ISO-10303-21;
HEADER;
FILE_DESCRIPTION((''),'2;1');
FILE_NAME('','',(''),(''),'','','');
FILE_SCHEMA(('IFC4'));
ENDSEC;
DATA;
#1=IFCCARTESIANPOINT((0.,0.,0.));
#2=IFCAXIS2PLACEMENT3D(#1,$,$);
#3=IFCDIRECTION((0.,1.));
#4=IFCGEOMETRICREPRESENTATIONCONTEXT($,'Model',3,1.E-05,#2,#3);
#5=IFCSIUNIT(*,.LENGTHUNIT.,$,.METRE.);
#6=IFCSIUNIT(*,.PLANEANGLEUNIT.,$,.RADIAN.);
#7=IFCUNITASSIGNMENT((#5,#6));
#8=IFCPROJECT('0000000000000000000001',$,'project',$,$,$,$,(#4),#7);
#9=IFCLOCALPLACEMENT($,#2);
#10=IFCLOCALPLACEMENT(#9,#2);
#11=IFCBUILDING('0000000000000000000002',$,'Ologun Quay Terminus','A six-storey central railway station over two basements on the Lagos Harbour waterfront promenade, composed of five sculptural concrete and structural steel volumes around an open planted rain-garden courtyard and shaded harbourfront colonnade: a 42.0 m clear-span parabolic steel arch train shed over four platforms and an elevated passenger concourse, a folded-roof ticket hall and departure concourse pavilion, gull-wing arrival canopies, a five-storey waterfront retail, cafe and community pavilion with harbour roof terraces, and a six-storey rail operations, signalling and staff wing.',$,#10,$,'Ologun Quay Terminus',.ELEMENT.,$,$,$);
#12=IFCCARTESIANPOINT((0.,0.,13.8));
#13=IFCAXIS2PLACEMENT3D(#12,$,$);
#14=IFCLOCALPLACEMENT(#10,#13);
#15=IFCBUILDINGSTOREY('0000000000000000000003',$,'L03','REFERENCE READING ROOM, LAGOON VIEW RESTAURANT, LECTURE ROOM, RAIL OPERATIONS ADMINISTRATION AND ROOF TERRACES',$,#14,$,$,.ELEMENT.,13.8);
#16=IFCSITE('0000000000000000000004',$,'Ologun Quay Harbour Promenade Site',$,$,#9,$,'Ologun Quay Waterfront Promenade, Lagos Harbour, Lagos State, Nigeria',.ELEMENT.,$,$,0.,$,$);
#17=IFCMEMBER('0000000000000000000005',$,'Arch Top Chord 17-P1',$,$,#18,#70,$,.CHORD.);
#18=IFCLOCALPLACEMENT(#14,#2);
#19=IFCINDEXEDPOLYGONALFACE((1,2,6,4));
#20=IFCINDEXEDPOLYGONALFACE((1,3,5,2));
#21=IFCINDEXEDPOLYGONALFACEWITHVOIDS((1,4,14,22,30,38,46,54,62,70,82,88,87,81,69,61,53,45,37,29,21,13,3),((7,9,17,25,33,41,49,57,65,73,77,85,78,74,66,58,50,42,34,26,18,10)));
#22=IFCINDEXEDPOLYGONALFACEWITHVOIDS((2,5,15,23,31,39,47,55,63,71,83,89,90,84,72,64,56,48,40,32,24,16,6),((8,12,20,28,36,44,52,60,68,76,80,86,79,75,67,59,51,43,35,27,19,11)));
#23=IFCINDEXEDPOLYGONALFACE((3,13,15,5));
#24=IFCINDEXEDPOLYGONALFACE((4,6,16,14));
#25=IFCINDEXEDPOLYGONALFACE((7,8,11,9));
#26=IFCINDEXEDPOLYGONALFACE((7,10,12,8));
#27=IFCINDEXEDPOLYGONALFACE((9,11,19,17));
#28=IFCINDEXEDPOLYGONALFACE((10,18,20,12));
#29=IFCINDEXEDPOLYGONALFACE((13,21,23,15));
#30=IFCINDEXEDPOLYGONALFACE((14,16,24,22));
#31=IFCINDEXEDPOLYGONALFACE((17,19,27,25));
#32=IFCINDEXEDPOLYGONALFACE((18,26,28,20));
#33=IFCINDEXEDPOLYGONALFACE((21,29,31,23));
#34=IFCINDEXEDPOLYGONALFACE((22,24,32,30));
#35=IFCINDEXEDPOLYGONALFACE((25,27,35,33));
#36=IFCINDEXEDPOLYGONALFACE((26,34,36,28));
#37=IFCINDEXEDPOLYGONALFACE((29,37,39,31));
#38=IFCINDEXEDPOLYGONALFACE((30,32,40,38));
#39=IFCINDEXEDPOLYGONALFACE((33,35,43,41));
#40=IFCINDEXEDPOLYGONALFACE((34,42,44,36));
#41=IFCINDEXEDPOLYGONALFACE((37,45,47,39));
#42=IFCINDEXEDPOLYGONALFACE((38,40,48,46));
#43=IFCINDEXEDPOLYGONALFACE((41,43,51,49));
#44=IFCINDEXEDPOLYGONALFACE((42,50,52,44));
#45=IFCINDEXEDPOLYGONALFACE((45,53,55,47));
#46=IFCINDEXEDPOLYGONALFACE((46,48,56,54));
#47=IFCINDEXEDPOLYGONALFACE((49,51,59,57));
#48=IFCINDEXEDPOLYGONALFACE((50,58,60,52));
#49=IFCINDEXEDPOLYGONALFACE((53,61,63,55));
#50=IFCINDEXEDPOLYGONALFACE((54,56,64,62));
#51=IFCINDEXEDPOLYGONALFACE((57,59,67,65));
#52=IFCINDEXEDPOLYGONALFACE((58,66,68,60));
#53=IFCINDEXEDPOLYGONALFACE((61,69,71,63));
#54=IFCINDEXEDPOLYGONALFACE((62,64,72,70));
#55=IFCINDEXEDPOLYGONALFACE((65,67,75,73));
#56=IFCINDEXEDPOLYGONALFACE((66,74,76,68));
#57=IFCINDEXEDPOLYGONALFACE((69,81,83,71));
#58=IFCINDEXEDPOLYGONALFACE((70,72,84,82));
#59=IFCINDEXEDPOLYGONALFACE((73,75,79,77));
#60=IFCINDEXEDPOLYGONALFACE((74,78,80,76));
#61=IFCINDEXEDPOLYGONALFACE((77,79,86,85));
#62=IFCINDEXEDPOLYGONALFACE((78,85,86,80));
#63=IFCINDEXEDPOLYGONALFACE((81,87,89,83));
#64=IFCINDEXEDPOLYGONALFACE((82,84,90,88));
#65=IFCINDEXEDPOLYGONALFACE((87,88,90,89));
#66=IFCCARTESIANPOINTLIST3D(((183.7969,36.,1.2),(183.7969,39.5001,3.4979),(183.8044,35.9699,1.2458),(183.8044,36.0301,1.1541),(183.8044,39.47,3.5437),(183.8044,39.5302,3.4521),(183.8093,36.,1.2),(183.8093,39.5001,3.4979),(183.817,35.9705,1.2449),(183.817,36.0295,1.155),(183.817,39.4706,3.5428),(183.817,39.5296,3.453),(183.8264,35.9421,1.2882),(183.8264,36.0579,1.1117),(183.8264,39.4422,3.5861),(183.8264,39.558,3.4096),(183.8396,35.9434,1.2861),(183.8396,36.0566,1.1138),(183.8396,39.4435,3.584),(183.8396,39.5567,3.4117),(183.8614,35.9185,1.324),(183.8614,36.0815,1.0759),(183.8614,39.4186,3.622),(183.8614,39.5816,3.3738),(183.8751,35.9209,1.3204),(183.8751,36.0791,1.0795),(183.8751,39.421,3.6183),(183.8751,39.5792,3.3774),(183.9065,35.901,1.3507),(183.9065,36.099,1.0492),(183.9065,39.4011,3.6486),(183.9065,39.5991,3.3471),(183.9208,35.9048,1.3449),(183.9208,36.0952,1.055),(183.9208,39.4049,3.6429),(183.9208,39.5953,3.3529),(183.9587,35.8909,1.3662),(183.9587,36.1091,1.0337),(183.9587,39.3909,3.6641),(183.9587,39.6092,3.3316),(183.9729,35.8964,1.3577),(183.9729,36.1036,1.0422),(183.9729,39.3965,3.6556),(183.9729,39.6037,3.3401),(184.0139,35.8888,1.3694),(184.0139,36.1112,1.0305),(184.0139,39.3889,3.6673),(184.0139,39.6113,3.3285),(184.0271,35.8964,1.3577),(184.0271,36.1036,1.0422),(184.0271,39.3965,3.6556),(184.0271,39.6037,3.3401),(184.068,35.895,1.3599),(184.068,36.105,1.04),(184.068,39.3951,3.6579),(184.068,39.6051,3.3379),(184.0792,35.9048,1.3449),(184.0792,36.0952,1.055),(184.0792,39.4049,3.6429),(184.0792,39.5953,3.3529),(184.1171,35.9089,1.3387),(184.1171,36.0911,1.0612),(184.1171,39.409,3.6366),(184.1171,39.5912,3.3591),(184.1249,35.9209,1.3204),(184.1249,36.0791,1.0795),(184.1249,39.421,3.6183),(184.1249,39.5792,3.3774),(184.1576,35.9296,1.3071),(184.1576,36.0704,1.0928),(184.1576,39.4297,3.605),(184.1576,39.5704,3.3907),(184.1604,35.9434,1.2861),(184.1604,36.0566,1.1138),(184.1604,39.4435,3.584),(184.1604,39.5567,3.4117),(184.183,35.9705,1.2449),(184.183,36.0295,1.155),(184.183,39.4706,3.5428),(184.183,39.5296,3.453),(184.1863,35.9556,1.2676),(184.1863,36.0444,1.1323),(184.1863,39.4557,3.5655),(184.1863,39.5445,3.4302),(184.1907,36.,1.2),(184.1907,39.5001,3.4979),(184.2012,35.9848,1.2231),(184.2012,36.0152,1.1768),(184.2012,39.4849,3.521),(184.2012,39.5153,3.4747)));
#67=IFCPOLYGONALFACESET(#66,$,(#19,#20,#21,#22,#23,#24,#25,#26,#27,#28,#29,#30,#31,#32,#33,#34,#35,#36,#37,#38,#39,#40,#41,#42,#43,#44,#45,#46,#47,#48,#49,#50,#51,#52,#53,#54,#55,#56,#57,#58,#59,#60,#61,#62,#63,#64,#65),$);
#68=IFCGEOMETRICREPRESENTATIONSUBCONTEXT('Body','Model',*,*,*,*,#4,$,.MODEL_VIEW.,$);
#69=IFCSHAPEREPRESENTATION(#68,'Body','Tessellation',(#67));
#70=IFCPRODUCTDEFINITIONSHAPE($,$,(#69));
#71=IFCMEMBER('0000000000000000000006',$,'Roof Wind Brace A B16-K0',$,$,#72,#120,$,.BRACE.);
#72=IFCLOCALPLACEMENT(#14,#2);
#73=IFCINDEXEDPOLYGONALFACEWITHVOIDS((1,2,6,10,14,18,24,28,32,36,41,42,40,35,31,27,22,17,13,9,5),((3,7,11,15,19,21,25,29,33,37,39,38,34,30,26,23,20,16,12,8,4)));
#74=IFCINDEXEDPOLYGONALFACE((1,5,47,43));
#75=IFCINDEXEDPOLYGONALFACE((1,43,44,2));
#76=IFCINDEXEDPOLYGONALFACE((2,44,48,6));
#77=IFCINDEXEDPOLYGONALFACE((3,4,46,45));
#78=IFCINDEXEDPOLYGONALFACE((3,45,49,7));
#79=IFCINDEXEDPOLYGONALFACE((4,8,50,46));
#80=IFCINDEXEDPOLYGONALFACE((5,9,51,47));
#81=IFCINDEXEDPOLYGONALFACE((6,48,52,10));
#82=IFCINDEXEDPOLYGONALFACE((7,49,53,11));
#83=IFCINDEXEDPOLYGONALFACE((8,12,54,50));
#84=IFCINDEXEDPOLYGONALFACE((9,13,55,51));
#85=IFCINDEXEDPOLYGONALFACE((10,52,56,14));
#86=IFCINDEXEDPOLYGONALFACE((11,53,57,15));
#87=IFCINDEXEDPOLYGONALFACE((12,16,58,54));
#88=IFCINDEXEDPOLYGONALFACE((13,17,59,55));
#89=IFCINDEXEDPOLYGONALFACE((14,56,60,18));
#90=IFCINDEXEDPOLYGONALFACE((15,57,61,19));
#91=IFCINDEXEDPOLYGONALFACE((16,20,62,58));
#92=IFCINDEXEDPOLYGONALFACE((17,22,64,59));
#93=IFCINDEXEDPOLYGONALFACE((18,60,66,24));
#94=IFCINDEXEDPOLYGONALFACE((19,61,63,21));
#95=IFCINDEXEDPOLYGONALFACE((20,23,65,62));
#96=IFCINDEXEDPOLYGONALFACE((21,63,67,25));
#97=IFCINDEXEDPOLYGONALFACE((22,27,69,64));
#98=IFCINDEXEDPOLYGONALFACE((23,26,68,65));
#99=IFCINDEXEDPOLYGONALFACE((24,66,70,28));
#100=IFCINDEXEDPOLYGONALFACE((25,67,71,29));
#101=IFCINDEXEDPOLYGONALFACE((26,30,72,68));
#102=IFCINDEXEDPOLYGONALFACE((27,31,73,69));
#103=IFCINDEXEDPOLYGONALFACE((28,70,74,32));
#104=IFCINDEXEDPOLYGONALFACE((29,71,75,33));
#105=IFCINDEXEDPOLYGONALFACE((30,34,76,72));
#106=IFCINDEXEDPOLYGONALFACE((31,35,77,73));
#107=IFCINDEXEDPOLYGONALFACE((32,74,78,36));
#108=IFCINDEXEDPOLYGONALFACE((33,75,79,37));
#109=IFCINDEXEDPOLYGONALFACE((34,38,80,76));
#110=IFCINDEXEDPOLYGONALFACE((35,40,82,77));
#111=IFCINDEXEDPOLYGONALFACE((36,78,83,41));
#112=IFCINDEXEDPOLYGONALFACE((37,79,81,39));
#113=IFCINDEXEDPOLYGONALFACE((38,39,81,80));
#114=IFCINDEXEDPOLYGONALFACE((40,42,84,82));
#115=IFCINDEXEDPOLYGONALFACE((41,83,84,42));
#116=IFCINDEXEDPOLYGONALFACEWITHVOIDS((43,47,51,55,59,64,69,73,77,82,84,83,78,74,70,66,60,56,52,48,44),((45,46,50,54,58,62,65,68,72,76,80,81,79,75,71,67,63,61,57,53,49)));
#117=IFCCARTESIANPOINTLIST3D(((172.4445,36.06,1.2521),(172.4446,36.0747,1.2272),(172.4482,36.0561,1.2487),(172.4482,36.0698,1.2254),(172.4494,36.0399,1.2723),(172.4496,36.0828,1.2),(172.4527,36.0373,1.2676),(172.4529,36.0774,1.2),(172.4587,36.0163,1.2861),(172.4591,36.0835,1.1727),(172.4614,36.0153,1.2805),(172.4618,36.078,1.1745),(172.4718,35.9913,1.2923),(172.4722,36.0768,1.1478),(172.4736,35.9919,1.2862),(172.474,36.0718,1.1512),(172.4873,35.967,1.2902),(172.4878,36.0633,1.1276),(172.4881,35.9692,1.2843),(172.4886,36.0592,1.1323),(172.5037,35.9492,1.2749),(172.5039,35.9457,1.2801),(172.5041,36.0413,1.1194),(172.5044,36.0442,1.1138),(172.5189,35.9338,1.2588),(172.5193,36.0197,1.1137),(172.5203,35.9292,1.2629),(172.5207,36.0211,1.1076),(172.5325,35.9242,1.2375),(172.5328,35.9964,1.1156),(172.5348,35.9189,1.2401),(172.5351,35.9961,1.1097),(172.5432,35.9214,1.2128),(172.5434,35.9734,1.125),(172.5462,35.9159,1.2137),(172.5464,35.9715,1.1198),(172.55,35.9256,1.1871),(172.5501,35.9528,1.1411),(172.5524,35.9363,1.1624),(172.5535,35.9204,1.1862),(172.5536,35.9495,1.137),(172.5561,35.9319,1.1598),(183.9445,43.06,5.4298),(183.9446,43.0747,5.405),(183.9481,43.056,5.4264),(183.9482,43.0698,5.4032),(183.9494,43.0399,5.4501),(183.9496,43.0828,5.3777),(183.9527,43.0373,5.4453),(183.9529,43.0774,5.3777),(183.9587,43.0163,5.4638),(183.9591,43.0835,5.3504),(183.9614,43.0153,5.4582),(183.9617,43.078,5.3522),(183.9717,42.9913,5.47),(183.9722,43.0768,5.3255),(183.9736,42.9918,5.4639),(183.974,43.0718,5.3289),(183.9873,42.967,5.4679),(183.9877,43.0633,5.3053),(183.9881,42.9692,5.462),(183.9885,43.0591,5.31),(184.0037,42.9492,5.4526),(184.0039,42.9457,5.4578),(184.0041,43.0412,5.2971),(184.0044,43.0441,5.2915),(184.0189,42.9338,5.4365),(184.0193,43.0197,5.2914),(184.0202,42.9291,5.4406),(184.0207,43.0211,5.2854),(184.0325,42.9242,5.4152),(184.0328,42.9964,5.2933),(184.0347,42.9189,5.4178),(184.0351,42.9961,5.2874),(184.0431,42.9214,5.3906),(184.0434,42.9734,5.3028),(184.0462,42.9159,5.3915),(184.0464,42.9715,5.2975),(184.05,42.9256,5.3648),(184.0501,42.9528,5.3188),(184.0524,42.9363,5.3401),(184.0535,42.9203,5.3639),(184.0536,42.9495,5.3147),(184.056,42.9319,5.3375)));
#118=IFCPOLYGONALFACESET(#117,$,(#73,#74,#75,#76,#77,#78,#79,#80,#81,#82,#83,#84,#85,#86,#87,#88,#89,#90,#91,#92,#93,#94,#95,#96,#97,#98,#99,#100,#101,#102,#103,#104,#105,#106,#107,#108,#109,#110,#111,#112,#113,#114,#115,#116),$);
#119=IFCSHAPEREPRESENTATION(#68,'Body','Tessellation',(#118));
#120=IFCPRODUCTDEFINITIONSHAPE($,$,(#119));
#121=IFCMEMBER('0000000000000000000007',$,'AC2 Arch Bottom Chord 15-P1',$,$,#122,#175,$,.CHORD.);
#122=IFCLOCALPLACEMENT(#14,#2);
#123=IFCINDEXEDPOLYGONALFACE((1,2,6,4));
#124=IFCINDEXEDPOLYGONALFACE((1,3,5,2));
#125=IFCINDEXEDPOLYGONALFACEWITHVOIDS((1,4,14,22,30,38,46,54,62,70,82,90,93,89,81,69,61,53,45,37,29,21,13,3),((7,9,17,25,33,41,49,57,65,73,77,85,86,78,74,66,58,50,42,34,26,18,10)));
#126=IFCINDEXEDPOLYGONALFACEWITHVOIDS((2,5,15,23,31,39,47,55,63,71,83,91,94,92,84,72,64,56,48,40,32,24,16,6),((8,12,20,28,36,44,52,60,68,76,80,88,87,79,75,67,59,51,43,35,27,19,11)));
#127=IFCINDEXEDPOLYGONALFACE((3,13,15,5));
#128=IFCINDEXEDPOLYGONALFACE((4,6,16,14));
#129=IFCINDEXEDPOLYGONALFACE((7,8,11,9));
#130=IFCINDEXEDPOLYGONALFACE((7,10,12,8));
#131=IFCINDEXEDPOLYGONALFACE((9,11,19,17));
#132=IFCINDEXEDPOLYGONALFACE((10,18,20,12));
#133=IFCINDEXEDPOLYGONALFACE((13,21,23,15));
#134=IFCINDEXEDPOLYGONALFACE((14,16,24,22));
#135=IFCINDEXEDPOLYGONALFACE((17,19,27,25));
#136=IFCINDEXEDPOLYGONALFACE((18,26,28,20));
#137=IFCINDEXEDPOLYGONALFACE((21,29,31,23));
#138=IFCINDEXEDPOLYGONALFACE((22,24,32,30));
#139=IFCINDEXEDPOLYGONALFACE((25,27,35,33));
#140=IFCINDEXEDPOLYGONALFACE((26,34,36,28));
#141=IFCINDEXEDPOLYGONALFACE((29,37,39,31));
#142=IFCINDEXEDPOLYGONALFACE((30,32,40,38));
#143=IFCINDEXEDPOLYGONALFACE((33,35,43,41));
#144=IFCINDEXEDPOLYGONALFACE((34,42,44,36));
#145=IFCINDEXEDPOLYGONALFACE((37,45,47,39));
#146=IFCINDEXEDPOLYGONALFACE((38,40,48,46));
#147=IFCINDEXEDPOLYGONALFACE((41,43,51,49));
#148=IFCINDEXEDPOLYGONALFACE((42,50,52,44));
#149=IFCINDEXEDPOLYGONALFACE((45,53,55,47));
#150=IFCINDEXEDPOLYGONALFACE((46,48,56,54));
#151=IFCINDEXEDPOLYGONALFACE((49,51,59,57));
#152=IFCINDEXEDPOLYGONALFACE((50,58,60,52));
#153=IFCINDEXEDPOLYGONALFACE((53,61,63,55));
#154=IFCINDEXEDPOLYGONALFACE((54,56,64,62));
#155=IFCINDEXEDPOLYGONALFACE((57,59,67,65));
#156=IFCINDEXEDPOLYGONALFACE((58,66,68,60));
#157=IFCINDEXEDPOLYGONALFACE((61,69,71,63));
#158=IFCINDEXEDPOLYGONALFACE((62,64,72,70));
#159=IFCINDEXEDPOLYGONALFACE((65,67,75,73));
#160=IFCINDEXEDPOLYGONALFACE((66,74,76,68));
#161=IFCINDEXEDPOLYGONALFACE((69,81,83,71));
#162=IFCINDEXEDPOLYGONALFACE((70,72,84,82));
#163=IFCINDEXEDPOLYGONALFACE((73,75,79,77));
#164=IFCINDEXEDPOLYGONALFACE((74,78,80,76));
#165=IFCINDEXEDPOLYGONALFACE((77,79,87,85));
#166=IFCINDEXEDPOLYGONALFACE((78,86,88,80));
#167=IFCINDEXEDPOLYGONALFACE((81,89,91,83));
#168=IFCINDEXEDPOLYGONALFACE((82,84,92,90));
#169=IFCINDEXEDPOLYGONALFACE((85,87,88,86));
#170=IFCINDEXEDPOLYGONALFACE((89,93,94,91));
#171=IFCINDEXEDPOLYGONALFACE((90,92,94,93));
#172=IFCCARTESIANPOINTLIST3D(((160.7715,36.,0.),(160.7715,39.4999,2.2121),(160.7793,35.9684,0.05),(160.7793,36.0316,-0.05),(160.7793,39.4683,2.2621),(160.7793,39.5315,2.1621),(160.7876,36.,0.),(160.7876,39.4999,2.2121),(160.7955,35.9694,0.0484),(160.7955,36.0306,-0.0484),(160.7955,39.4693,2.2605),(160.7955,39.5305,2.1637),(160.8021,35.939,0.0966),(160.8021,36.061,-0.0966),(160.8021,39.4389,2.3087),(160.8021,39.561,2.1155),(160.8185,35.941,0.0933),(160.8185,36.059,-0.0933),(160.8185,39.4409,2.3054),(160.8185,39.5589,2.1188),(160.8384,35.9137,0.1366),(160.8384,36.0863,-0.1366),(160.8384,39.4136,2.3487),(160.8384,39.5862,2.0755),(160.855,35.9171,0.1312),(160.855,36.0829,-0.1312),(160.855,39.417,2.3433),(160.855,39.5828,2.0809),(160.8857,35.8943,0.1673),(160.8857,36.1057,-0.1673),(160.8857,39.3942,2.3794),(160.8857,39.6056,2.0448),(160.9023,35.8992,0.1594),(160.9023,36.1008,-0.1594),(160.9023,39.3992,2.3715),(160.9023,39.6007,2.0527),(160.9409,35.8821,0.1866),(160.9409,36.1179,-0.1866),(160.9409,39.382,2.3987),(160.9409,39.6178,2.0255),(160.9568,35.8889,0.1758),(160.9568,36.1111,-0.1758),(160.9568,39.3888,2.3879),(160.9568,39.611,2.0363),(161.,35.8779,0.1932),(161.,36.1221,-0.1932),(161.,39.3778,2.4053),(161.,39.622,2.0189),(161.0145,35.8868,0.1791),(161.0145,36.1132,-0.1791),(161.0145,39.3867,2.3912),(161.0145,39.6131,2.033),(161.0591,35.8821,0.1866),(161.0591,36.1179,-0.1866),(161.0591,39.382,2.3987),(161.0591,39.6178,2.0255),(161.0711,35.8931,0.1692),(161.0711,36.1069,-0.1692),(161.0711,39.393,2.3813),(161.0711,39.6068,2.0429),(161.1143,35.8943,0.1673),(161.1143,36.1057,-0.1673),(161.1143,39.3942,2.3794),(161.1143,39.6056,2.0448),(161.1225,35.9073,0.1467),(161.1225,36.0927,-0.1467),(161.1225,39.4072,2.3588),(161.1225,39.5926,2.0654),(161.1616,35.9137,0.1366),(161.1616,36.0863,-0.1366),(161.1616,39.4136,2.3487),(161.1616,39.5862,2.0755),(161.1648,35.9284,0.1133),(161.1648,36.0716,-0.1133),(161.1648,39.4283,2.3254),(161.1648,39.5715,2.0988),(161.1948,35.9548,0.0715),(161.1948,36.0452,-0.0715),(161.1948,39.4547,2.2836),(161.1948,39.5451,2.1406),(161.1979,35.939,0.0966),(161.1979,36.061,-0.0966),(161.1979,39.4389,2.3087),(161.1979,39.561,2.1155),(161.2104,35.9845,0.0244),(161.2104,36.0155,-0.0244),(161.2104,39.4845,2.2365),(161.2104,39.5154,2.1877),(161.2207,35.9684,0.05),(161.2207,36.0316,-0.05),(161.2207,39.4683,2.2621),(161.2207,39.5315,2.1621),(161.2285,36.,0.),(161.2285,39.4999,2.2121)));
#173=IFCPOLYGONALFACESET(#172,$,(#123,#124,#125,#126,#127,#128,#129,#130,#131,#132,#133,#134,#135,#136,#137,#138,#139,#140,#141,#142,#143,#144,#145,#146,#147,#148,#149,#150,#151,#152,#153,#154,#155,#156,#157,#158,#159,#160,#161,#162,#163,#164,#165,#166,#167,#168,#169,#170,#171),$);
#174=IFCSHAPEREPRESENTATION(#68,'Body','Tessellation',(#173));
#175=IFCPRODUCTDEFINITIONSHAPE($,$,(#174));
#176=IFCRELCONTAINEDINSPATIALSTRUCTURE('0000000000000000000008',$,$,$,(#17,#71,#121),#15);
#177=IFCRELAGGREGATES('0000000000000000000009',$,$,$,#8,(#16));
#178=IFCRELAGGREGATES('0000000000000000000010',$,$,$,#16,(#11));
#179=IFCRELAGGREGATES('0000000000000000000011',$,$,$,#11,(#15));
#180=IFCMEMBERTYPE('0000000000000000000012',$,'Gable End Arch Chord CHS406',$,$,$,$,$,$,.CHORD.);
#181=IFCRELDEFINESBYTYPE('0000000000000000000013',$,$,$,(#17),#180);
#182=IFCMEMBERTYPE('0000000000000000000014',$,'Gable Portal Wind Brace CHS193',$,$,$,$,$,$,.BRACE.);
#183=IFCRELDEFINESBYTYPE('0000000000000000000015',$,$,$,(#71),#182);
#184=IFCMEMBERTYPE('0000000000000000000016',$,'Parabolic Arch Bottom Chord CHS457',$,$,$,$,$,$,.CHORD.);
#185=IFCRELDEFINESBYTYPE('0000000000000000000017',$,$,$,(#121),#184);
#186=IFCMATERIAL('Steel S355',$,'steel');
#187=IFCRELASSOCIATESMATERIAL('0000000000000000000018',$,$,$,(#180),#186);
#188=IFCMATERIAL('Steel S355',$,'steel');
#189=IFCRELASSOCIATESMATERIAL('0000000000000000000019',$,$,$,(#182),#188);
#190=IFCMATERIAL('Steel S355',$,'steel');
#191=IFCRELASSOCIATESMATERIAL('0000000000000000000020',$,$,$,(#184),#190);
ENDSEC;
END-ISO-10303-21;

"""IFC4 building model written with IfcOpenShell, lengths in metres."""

from ifc_helpers import new_model, si_unit, direction, frame, origin, origin_2d, place, context, subcontext, project, spatial, hollow_circle, extrude, material, material_profile, profile_set, type_object, element, save


model = new_model("IFC4")

# Units and contexts
model_context = context("Model", 3, precision=1e-05, world=origin(), true_north=direction((0.0, 1.0)))
body_context = subcontext(model_context, "Body", "Model", "MODEL_VIEW")
ifc_project = project(units=[si_unit("LENGTHUNIT", "METRE"), si_unit("PLANEANGLEUNIT", "RADIAN")], contexts=[model_context])

# Site, building, storey
site_placement = place(None, origin())
site = spatial("IfcSite", under=ifc_project, at=site_placement, Name="Ologun Quay Harbour Promenade Site", LongName="Ologun Quay Waterfront Promenade, Lagos Harbour, Lagos State, Nigeria", CompositionType="ELEMENT", RefElevation=0.0)
building_placement = place(site_placement, origin())
building = spatial("IfcBuilding", under=site, at=building_placement, Name="Ologun Quay Terminus", Description="A six-storey central railway station over two basements on the Lagos Harbour waterfront promenade, composed of five sculptural concrete and structural steel volumes around an open planted rain-garden courtyard and shaded harbourfront colonnade: a 42.0 m clear-span parabolic steel arch train shed over four platforms and an elevated passenger concourse, a folded-roof ticket hall and departure concourse pavilion, gull-wing arrival canopies, a five-storey waterfront retail, cafe and community pavilion with harbour roof terraces, and a six-storey rail operations, signalling and staff wing.", LongName="Ologun Quay Terminus", CompositionType="ELEMENT")
storey_placement = place(building_placement, frame((0.0, 0.0, 13.8)))
storey = spatial("IfcBuildingStorey", under=building, at=storey_placement, Name="L03", Description="REFERENCE READING ROOM, LAGOON VIEW RESTAURANT, LECTURE ROOM, RAIL OPERATIONS ADMINISTRATION AND ROOF TERRACES", CompositionType="ELEMENT", Elevation=13.8)

# Members
ifc_material_1 = material(Name="Steel S355", Category="steel")
ifc_material_profile_1 = material_profile(ifc_material_1, hollow_circle(Radius=0.2031, WallThickness=0.0125, at=origin_2d()), Name="CHS 406.4x12.5")
ifc_profile_set_1 = profile_set([ifc_material_profile_1], Name="Steel S355")
member_type_1 = type_object("IfcMemberType", Name="Gable End Arch Chord CHS406", PredefinedType="CHORD", material=ifc_profile_set_1)
member_1_placement = place(storey_placement, frame((184.0, 36.0, 1.2), z_axis=(0.0, 0.835941, 0.548819), x_axis=(-1.0, 0.0, 0.0)))
element("IfcMember", 1, at=member_1_placement, inside=storey, type_object=member_type_1, Name="Arch Top Chord 17-P1", PredefinedType="CHORD", context=body_context, shape_type="SweptSolid", body=[
    extrude(hollow_circle(Radius=0.2031, WallThickness=0.0125, at=origin_2d()), origin(), (0.0, 0.0, 1.0), 4.187),
])
ifc_material_2 = material(Name="Steel S355", Category="steel")
ifc_material_profile_2 = material_profile(ifc_material_2, hollow_circle(Radius=0.0969, WallThickness=0.0063, at=origin_2d()), Name="CHS 193.7x6.3")
ifc_profile_set_2 = profile_set([ifc_material_profile_2], Name="Steel S355")
member_type_2 = type_object("IfcMemberType", Name="Gable Portal Wind Brace CHS193", PredefinedType="BRACE", material=ifc_profile_set_2)
member_2_placement = place(storey_placement, frame((172.5, 36.0, 1.2), z_axis=(0.815821, 0.496587, 0.296373), x_axis=(-0.519947, 0.854199, 0.0)))
element("IfcMember", 2, at=member_2_placement, inside=storey, type_object=member_type_2, Name="Roof Wind Brace A B16-K0", PredefinedType="BRACE", context=body_context, shape_type="SweptSolid", body=[
    extrude(hollow_circle(Radius=0.0969, WallThickness=0.0063, at=origin_2d()), origin(), (0.0, 0.0, 1.0), 14.0962),
])
ifc_material_3 = material(Name="Steel S355", Category="steel")
ifc_material_profile_3 = material_profile(ifc_material_3, hollow_circle(Radius=0.2285, WallThickness=0.0161, at=origin_2d()), Name="CHS 457x16")
ifc_profile_set_3 = profile_set([ifc_material_profile_3], Name="Steel S355")
member_type_3 = type_object("IfcMemberType", Name="Parabolic Arch Bottom Chord CHS457", PredefinedType="CHORD", material=ifc_profile_set_3)
for number, where, z_axis, x_axis, name in (
    (3, (161.0, 36.0, 0.0), (0.0, 0.845311, 0.534275), (-1.0, 0.0, 0.0), "AC2 Arch Bottom Chord 15-P1"),
):
    element("IfcMember", number, at=place(storey_placement, frame(where, z_axis=z_axis, x_axis=x_axis)), inside=storey, type_object=member_type_3, Name=name, PredefinedType="CHORD", context=body_context, shape_type="SweptSolid", body=[
        extrude(hollow_circle(Radius=0.2285, WallThickness=0.0161, at=origin_2d()), origin(), (0.0, 0.0, 1.0), 4.1404),
    ])

save(model, "model.ifc")
